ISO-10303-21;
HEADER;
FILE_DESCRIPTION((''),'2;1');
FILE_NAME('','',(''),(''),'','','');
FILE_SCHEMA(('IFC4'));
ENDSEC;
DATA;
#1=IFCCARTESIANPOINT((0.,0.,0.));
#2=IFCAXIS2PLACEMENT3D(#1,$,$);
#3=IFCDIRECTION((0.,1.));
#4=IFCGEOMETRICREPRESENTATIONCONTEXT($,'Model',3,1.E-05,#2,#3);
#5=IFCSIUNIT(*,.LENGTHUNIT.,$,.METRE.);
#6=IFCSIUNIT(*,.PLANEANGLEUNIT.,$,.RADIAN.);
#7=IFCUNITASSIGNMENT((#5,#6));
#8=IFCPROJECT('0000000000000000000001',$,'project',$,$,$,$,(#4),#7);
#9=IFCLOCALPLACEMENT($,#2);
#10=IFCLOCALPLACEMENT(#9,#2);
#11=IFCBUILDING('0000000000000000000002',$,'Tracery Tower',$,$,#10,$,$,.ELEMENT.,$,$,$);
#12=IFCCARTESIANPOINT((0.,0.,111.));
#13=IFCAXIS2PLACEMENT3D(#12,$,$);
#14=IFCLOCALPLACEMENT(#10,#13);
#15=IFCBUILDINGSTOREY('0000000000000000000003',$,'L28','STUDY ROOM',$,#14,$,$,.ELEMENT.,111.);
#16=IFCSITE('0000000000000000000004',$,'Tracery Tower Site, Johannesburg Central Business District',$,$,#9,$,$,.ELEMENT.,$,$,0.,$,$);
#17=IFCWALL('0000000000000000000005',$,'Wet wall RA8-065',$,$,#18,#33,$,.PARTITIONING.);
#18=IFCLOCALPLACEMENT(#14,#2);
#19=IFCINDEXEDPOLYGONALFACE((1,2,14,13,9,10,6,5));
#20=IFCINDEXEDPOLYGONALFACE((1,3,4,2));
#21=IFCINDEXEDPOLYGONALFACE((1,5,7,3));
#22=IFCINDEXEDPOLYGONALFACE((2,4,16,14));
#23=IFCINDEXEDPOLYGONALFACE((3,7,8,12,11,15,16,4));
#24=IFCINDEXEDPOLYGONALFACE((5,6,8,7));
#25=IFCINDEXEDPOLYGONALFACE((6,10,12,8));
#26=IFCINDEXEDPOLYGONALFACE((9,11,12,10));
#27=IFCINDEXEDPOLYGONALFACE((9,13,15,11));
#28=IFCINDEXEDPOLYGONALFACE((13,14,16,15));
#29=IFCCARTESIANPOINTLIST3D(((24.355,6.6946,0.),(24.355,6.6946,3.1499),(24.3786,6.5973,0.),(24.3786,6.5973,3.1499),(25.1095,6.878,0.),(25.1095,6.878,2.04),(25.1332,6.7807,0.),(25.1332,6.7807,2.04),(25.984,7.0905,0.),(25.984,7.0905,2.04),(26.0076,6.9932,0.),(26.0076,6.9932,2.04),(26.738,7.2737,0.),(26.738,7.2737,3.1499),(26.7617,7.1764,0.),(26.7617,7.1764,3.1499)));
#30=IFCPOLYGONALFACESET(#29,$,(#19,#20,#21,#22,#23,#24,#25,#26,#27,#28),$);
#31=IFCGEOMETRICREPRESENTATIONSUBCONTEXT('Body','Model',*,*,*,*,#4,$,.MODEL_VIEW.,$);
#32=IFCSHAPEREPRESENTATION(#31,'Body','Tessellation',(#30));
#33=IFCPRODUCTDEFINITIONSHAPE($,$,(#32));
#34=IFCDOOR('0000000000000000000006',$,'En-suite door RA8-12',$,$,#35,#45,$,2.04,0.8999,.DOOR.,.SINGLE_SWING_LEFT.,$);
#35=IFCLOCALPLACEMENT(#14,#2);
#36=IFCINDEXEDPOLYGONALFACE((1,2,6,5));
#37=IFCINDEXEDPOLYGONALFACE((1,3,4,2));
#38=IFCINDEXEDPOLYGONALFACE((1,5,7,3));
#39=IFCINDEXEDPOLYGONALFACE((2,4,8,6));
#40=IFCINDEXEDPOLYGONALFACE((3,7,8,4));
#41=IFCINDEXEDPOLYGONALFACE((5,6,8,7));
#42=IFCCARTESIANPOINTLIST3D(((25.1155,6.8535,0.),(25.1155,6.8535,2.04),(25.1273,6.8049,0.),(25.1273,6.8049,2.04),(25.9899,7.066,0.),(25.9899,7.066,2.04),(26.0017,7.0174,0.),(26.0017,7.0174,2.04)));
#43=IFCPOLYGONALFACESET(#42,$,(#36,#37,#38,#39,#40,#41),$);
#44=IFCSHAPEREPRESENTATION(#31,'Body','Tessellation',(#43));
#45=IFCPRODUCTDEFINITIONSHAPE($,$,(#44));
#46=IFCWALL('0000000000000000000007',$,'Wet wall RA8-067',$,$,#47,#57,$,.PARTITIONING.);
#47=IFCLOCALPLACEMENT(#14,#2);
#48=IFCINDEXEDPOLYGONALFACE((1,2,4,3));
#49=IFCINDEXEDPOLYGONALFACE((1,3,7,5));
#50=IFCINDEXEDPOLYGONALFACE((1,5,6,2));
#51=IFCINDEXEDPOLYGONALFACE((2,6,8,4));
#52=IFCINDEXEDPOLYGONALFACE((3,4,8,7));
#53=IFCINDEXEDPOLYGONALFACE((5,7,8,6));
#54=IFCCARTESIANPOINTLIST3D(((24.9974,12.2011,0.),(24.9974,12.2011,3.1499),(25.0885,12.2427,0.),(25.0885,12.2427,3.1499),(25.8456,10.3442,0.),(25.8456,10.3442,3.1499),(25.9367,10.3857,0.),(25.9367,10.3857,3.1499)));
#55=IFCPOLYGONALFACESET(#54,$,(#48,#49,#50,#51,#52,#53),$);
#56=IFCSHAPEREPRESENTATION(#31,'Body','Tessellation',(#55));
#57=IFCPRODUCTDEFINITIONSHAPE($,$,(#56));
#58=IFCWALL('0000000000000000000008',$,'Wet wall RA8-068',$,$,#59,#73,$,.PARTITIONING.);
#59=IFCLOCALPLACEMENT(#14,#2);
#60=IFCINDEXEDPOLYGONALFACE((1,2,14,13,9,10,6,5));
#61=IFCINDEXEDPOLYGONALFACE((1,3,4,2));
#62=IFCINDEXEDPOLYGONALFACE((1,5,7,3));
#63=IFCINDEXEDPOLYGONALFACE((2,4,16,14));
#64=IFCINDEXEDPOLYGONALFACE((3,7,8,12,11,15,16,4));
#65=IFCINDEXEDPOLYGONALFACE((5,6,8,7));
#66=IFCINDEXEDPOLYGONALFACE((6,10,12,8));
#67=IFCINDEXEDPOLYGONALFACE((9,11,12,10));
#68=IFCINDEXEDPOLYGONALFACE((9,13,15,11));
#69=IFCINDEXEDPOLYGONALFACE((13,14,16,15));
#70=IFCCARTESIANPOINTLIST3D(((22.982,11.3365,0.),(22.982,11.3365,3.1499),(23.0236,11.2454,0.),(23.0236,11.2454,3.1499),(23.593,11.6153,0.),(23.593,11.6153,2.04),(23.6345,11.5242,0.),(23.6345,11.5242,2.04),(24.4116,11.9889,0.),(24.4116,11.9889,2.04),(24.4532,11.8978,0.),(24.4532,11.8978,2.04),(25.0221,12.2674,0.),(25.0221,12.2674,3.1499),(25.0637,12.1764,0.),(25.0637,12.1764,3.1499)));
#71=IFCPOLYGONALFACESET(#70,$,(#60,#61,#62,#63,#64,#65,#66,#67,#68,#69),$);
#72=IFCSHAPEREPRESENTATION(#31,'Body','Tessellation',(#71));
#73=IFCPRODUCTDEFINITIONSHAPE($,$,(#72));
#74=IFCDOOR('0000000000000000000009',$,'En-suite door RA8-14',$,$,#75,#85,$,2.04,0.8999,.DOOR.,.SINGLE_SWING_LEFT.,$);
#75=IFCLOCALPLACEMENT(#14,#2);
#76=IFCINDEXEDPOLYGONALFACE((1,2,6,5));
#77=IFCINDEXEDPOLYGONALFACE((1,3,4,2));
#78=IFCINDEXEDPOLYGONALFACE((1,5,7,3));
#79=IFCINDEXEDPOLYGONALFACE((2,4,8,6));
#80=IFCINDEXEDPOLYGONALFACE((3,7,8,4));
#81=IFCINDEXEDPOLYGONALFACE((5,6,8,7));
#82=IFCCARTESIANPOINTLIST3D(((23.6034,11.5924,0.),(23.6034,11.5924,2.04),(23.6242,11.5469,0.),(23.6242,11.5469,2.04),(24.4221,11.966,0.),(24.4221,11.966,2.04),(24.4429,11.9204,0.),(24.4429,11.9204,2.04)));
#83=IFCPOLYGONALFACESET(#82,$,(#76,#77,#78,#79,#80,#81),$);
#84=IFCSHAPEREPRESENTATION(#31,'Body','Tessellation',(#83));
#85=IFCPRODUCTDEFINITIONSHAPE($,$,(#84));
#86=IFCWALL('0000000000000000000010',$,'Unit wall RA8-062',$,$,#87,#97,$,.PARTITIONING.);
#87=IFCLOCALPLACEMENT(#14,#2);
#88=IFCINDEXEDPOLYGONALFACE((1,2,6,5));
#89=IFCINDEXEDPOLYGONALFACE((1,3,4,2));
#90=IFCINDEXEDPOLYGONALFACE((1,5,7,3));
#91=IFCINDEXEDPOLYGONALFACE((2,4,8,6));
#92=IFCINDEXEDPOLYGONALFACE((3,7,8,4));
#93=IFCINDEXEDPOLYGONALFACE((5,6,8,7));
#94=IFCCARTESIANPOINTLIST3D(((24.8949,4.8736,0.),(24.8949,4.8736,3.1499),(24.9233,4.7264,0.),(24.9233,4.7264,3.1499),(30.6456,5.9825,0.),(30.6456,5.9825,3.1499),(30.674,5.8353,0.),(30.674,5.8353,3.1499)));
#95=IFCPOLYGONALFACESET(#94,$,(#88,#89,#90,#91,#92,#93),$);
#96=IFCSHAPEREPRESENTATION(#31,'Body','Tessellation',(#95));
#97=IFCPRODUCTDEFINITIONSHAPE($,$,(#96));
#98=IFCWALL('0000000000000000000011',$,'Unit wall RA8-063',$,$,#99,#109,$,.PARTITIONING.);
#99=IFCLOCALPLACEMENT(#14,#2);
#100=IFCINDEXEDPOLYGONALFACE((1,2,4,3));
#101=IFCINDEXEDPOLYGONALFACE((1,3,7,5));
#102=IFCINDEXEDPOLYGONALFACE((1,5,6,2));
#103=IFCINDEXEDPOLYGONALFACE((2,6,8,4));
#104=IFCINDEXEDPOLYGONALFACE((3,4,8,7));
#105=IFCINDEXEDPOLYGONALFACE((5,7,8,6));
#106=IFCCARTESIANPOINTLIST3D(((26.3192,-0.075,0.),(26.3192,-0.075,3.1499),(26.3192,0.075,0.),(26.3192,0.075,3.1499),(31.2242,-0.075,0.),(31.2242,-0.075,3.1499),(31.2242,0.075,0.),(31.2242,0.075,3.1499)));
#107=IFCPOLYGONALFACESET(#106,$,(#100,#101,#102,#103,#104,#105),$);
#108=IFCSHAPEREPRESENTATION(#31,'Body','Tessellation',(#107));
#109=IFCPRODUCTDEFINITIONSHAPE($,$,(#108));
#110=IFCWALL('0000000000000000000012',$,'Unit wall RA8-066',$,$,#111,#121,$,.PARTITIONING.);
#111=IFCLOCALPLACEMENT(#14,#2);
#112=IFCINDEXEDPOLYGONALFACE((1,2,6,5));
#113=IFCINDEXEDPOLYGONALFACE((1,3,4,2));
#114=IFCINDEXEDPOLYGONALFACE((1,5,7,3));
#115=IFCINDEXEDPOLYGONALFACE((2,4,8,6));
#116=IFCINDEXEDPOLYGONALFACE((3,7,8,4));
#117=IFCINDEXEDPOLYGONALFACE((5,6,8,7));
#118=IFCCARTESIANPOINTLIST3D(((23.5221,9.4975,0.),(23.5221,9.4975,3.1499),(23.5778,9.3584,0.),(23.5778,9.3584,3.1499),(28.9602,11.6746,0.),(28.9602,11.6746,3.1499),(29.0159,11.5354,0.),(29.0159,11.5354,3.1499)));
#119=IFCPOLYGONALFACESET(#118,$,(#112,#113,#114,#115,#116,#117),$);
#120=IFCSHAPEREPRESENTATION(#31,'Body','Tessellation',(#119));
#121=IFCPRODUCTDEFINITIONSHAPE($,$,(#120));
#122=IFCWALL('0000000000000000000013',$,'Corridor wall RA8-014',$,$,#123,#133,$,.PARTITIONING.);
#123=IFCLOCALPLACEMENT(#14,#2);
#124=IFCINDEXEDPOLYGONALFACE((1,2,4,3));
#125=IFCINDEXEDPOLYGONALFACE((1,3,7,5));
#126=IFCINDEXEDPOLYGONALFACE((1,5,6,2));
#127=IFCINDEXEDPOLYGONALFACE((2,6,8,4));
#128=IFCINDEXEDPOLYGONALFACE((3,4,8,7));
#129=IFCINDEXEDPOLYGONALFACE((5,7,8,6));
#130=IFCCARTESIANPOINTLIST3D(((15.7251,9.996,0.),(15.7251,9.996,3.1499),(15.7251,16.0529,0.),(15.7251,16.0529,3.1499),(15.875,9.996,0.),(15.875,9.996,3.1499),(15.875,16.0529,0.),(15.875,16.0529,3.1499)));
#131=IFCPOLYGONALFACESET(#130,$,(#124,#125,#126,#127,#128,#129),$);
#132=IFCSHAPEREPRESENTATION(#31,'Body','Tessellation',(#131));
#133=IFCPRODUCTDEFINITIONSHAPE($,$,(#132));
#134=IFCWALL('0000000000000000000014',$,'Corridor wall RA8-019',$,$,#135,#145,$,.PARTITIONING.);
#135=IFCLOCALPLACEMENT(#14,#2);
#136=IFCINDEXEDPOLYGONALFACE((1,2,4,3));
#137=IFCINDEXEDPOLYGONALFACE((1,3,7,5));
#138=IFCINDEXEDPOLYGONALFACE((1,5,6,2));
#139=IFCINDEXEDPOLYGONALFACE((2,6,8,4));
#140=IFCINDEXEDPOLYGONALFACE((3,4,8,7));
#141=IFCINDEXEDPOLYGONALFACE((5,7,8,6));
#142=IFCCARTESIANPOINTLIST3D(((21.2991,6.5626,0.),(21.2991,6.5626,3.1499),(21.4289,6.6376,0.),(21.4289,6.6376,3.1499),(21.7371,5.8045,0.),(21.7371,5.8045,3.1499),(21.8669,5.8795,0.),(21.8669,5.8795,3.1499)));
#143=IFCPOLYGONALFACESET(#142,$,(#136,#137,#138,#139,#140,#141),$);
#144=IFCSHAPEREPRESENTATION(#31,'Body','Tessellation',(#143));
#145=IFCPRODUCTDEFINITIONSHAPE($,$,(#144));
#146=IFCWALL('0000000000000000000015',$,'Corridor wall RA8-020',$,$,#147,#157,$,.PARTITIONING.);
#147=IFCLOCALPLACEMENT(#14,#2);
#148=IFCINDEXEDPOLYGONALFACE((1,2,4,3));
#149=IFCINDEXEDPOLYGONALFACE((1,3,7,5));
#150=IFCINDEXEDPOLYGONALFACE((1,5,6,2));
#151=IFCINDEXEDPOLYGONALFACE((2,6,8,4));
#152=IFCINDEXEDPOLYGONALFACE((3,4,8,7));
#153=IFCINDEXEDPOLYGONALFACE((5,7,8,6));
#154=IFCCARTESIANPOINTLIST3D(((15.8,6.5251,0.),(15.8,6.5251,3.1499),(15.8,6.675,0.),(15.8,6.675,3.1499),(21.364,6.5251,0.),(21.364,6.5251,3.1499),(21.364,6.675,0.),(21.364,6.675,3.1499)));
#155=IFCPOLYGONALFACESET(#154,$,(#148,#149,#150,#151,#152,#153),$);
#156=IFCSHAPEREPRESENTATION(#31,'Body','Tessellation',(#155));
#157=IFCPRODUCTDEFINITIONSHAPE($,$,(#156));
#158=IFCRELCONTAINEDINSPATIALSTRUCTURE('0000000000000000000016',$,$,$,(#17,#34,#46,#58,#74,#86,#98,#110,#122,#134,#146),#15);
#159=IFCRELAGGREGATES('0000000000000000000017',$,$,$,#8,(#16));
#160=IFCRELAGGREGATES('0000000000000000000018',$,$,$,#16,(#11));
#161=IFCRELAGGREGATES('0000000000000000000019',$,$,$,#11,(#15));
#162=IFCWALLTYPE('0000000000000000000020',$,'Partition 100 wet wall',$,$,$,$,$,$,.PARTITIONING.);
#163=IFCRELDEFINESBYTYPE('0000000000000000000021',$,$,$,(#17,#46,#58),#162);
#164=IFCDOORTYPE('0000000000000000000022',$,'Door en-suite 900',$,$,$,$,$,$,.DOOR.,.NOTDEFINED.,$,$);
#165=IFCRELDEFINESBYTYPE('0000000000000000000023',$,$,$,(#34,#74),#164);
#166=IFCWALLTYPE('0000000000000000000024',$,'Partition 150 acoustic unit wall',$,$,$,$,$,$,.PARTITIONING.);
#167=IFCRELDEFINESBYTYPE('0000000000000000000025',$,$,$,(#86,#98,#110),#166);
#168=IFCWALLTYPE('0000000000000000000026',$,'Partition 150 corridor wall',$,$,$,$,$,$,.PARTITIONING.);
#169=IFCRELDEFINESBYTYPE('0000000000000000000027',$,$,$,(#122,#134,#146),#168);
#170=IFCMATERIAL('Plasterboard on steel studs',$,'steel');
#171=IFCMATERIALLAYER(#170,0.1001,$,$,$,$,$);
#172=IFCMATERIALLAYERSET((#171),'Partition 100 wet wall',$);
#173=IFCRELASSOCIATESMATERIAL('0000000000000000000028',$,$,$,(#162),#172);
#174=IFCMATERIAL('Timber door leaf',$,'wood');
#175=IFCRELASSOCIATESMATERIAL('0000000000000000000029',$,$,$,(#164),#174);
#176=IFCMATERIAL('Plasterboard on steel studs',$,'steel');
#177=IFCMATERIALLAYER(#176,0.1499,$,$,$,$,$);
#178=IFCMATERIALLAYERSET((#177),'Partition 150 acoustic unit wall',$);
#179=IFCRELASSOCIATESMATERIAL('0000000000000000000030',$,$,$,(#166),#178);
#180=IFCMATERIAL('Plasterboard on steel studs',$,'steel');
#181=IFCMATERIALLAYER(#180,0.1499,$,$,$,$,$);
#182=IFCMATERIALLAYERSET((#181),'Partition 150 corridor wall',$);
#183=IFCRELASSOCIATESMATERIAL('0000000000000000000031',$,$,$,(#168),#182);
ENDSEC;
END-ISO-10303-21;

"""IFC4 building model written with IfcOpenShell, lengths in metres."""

from ifc_helpers import new_model, si_unit, direction, frame, frame_2d, origin, place, context, subcontext, project, spatial, rectangle, extrude, material, layer, layer_set, type_object, element, fill, save


model = new_model("IFC4")

# Units and contexts
model_context = context("Model", 3, precision=1e-05, world=origin(), true_north=direction((0.0, 1.0)))
body_context = subcontext(model_context, "Body", "Model", "MODEL_VIEW")
ifc_project = project(units=[si_unit("LENGTHUNIT", "METRE"), si_unit("PLANEANGLEUNIT", "RADIAN")], contexts=[model_context])

# Site, building, storey
site_placement = place(None, origin())
site = spatial("IfcSite", under=ifc_project, at=site_placement, Name="Tracery Tower Site, Johannesburg Central Business District", CompositionType="ELEMENT", RefElevation=0.0)
building_placement = place(site_placement, origin())
building = spatial("IfcBuilding", under=site, at=building_placement, Name="Tracery Tower", CompositionType="ELEMENT")
storey_placement = place(building_placement, frame((0.0, 0.0, 111.0)))
storey = spatial("IfcBuildingStorey", under=building, at=storey_placement, Name="L28", Description="STUDY ROOM", CompositionType="ELEMENT", Elevation=111.0)

# Shared definitions
ifc_material_1 = material(Name="Plasterboard on steel studs", Category="steel")
ifc_layer_1 = layer(ifc_material_1, 0.1001)
ifc_layer_set_1 = layer_set([ifc_layer_1], Name="Partition 100 wet wall")
wall_type_1 = type_object("IfcWallType", Name="Partition 100 wet wall", PredefinedType="PARTITIONING", material=ifc_layer_set_1)

# Shared definitions
ifc_material_2 = material(Name="Timber door leaf", Category="wood")
door_type = type_object("IfcDoorType", Name="Door en-suite 900", OperationType="NOTDEFINED", PredefinedType="DOOR", material=ifc_material_2)

# Wall, opening, door
wall_1_placement = place(storey_placement, frame((24.3669, 6.646, 0.0), z_axis=(0.0, 0.0, 1.0), x_axis=(0.97172, 0.236136, 0.0)))
wall_1 = element("IfcWall", 1, at=wall_1_placement, inside=storey, type_object=wall_type_1, Name="Wet wall RA8-065", PredefinedType="PARTITIONING", context=body_context, shape_type="SweptSolid", body=[
    extrude(rectangle(XDim=2.4524, YDim=0.1001, at=frame_2d((1.2261, 0.0))), origin(), (0.0, 0.0, 1.0), 3.1499),
])
opening_1_placement = place(wall_1_placement, frame((0.7764, 0.0, 0.0)))
opening_1 = element("IfcOpeningElement", 2, at=opening_1_placement, cuts=wall_1, PredefinedType="OPENING", context=body_context, shape_type="SweptSolid", body=[
    extrude(rectangle(XDim=0.8999, YDim=2.04, at=frame_2d((0.45, 1.02))), frame((0.0, 0.05, 0.0), z_axis=(0.0, -1.0, 0.0), x_axis=(1.0, 0.0, 0.0)), (0.0, 0.0, 1.0), 0.1001),
])
door_1_placement = place(opening_1_placement, origin())
door_1 = element("IfcDoor", 3, at=door_1_placement, inside=storey, type_object=door_type, Name="En-suite door RA8-12", OperationType="SINGLE_SWING_LEFT", OverallHeight=2.04, OverallWidth=0.8999, PredefinedType="DOOR", context=body_context, shape_type="SweptSolid", body=[
    extrude(rectangle(XDim=0.8999, YDim=2.04, at=frame_2d((0.45, 1.02))), frame((0.0, 0.0249, 0.0), z_axis=(0.0, -1.0, 0.0), x_axis=(1.0, 0.0, 0.0)), (0.0, 0.0, 1.0), 0.05),
])
fill(opening_1, door_1)

# Wall
wall_2_placement = place(storey_placement, frame((25.043, 12.2219, 0.0), z_axis=(0.0, 0.0, 1.0), x_axis=(0.41546, -0.909611, 0.0)))
element("IfcWall", 4, at=wall_2_placement, inside=storey, type_object=wall_type_1, Name="Wet wall RA8-067", PredefinedType="PARTITIONING", context=body_context, shape_type="SweptSolid", body=[
    extrude(rectangle(XDim=2.0415, YDim=0.1001, at=frame_2d((1.0208, 0.0))), origin(), (0.0, 0.0, 1.0), 3.1499),
])

# Wall, opening, door
wall_3_placement = place(storey_placement, frame((23.0029, 11.291, 0.0), z_axis=(0.0, 0.0, 1.0), x_axis=(0.909758, 0.41514, 0.0)))
wall_3 = element("IfcWall", 5, at=wall_3_placement, inside=storey, type_object=wall_type_1, Name="Wet wall RA8-068", PredefinedType="PARTITIONING", context=body_context, shape_type="SweptSolid", body=[
    extrude(rectangle(XDim=2.2424, YDim=0.1001, at=frame_2d((1.1211, 0.0))), origin(), (0.0, 0.0, 1.0), 3.1499),
])
opening_2_placement = place(wall_3_placement, frame((0.6714, 0.0, 0.0)))
opening_2 = element("IfcOpeningElement", 6, at=opening_2_placement, cuts=wall_3, PredefinedType="OPENING", context=body_context, shape_type="SweptSolid", body=[
    extrude(rectangle(XDim=0.8999, YDim=2.04, at=frame_2d((0.45, 1.02))), frame((0.0, 0.05, 0.0), z_axis=(0.0, -1.0, 0.0), x_axis=(1.0, 0.0, 0.0)), (0.0, 0.0, 1.0), 0.1001),
])
door_2_placement = place(opening_2_placement, origin())
door_2 = element("IfcDoor", 7, at=door_2_placement, inside=storey, type_object=door_type, Name="En-suite door RA8-14", OperationType="SINGLE_SWING_LEFT", OverallHeight=2.04, OverallWidth=0.8999, PredefinedType="DOOR", context=body_context, shape_type="SweptSolid", body=[
    extrude(rectangle(XDim=0.8999, YDim=2.04, at=frame_2d((0.45, 1.02))), frame((0.0, 0.0249, 0.0), z_axis=(0.0, -1.0, 0.0), x_axis=(1.0, 0.0, 0.0)), (0.0, 0.0, 1.0), 0.05),
])
fill(opening_2, door_2)

# Walls
ifc_material_3 = material(Name="Plasterboard on steel studs", Category="steel")
ifc_layer_2 = layer(ifc_material_3, 0.1499)
ifc_layer_set_2 = layer_set([ifc_layer_2], Name="Partition 150 acoustic unit wall")
wall_type_2 = type_object("IfcWallType", Name="Partition 150 acoustic unit wall", PredefinedType="PARTITIONING", material=ifc_layer_set_2)
wall_4_placement = place(storey_placement, frame((24.9092, 4.8, 0.0), z_axis=(0.0, 0.0, 1.0), x_axis=(0.981912, 0.189337, 0.0)))
element("IfcWall", 8, at=wall_4_placement, inside=storey, type_object=wall_type_2, Name="Unit wall RA8-062", PredefinedType="PARTITIONING", context=body_context, shape_type="SweptSolid", body=[
    extrude(rectangle(XDim=5.8567, YDim=0.1499, at=frame_2d((2.9282, 0.0))), origin(), (0.0, 0.0, 1.0), 3.1499),
])
wall_5_placement = place(storey_placement, frame((26.3191, 0.0, 0.0), z_axis=(0.0, 0.0, 1.0), x_axis=(1.0, 0.0, 0.0)))
element("IfcWall", 9, at=wall_5_placement, inside=storey, type_object=wall_type_2, Name="Unit wall RA8-063", PredefinedType="PARTITIONING", context=body_context, shape_type="SweptSolid", body=[
    extrude(rectangle(XDim=4.905, YDim=0.1499, at=frame_2d((2.4526, 0.0))), origin(), (0.0, 0.0, 1.0), 3.1499),
])
wall_6_placement = place(storey_placement, frame((23.55, 9.428, 0.0), z_axis=(0.0, 0.0, 1.0), x_axis=(0.92837, 0.371657, 0.0)))
element("IfcWall", 10, at=wall_6_placement, inside=storey, type_object=wall_type_2, Name="Unit wall RA8-066", PredefinedType="PARTITIONING", context=body_context, shape_type="SweptSolid", body=[
    extrude(rectangle(XDim=5.8577, YDim=0.1499, at=frame_2d((2.9287, 0.0))), origin(), (0.0, 0.0, 1.0), 3.1499),
])
ifc_material_4 = material(Name="Plasterboard on steel studs", Category="steel")
ifc_layer_3 = layer(ifc_material_4, 0.1499)
ifc_layer_set_3 = layer_set([ifc_layer_3], Name="Partition 150 corridor wall")
wall_type_3 = type_object("IfcWallType", Name="Partition 150 corridor wall", PredefinedType="PARTITIONING", material=ifc_layer_set_3)
wall_7_placement = place(storey_placement, frame((15.8, 9.9961, 0.0), z_axis=(0.0, 0.0, 1.0), x_axis=(0.0, 1.0, 0.0)))
element("IfcWall", 11, at=wall_7_placement, inside=storey, type_object=wall_type_3, Name="Corridor wall RA8-014", PredefinedType="PARTITIONING", context=body_context, shape_type="SweptSolid", body=[
    extrude(rectangle(XDim=6.0569, YDim=0.1499, at=frame_2d((3.0283, 0.0))), origin(), (0.0, 0.0, 1.0), 3.1499),
])
wall_8_placement = place(storey_placement, frame((21.364, 6.6001, 0.0), z_axis=(0.0, 0.0, 1.0), x_axis=(0.500278, -0.865865, 0.0)))
element("IfcWall", 12, at=wall_8_placement, inside=storey, type_object=wall_type_3, Name="Corridor wall RA8-019", PredefinedType="PARTITIONING", context=body_context, shape_type="SweptSolid", body=[
    extrude(rectangle(XDim=0.8755, YDim=0.1499, at=frame_2d((0.4377, 0.0))), origin(), (0.0, 0.0, 1.0), 3.1499),
])
wall_9_placement = place(storey_placement, frame((15.8, 6.6001, 0.0), z_axis=(0.0, 0.0, 1.0), x_axis=(1.0, 0.0, 0.0)))
element("IfcWall", 13, at=wall_9_placement, inside=storey, type_object=wall_type_3, Name="Corridor wall RA8-020", PredefinedType="PARTITIONING", context=body_context, shape_type="SweptSolid", body=[
    extrude(rectangle(XDim=5.564, YDim=0.1499, at=frame_2d((2.782, 0.0))), origin(), (0.0, 0.0, 1.0), 3.1499),
])

save(model, "model.ifc")
